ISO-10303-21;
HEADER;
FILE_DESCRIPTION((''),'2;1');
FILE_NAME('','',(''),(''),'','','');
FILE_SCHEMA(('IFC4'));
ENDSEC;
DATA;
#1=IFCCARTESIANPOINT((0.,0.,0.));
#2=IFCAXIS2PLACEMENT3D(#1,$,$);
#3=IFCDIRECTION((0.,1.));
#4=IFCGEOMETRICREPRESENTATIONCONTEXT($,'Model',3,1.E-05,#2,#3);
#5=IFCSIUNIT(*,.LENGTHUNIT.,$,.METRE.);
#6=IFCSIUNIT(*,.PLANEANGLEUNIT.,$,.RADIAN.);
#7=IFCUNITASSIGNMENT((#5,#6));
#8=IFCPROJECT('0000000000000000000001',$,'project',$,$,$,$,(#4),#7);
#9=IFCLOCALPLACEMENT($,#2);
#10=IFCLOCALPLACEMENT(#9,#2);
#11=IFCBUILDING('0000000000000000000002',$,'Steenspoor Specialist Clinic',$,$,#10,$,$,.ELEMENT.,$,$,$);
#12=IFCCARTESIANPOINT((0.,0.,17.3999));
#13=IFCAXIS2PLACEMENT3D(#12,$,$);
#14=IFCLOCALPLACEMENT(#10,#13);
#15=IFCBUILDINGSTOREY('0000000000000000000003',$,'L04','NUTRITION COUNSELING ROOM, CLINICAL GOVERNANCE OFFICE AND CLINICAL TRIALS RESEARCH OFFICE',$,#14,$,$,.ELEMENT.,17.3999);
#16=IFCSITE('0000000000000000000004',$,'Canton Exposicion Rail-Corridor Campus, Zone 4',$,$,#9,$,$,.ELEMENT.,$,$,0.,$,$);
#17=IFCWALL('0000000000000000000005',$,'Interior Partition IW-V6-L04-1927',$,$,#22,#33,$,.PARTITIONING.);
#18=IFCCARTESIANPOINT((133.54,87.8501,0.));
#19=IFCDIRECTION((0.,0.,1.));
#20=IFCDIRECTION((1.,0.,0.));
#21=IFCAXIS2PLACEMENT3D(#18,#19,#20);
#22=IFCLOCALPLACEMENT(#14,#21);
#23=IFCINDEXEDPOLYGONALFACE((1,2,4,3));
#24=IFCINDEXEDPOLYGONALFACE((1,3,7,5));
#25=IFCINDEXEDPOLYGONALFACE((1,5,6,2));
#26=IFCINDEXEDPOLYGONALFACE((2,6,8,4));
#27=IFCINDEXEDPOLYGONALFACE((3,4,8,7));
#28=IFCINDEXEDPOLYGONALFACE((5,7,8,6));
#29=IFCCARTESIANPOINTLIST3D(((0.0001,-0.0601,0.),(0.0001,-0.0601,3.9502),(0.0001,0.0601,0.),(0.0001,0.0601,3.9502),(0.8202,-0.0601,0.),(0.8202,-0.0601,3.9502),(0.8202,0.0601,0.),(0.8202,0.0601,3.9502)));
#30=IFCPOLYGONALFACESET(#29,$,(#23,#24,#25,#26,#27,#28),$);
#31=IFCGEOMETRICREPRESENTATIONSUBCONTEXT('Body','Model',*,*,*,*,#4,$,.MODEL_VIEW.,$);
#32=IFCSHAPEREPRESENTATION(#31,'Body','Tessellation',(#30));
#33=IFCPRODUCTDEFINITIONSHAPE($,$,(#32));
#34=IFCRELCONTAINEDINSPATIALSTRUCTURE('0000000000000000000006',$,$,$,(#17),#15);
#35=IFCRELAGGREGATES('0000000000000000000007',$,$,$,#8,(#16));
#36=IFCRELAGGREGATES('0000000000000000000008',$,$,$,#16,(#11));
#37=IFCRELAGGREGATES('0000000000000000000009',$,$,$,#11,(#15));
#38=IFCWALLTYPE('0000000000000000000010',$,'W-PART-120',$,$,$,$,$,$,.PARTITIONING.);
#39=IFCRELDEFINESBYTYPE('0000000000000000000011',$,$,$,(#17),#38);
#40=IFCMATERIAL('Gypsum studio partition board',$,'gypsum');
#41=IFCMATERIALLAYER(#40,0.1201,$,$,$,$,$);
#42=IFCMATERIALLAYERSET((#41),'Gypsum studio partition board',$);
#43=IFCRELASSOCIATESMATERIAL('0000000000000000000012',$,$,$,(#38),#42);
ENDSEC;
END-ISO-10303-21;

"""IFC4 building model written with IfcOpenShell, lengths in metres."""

from ifc_helpers import new_model, si_unit, direction, frame, frame_2d, origin, place, context, subcontext, project, spatial, rectangle, extrude, material, layer, layer_set, type_object, element, save


model = new_model("IFC4")

# Units and contexts
model_context = context("Model", 3, precision=1e-05, world=origin(), true_north=direction((0.0, 1.0)))
body_context = subcontext(model_context, "Body", "Model", "MODEL_VIEW")
ifc_project = project(units=[si_unit("LENGTHUNIT", "METRE"), si_unit("PLANEANGLEUNIT", "RADIAN")], contexts=[model_context])

# Site, building, storey
site_placement = place(None, origin())
site = spatial("IfcSite", under=ifc_project, at=site_placement, Name="Canton Exposicion Rail-Corridor Campus, Zone 4", CompositionType="ELEMENT", RefElevation=0.0)
building_placement = place(site_placement, origin())
building = spatial("IfcBuilding", under=site, at=building_placement, Name="Steenspoor Specialist Clinic", CompositionType="ELEMENT")
storey_placement = place(building_placement, frame((0.0, 0.0, 17.3999)))
storey = spatial("IfcBuildingStorey", under=building, at=storey_placement, Name="L04", Description="NUTRITION COUNSELING ROOM, CLINICAL GOVERNANCE OFFICE AND CLINICAL TRIALS RESEARCH OFFICE", CompositionType="ELEMENT", Elevation=17.3999)

# Shared definitions
ifc_material_1 = material(Name="Gypsum studio partition board", Category="gypsum")
ifc_layer_1 = layer(ifc_material_1, 0.1201)
ifc_layer_set_1 = layer_set([ifc_layer_1], Name="Gypsum studio partition board")
wall_type_1 = type_object("IfcWallType", Name="W-PART-120", PredefinedType="PARTITIONING", material=ifc_layer_set_1)

# Wall
wall_1_placement = place(storey_placement, frame((133.54, 87.8501, 0.0), z_axis=(0.0, 0.0, 1.0), x_axis=(1.0, 0.0, 0.0)))
element("IfcWall", 1, at=wall_1_placement, inside=storey, type_object=wall_type_1, Name="Interior Partition IW-V6-L04-1927", PredefinedType="PARTITIONING", context=body_context, shape_type="SweptSolid", body=[
    extrude(rectangle(XDim=0.8201, YDim=0.1201, at=frame_2d((0.4102, 0.0))), origin(), (0.0, 0.0, 1.0), 3.9502),
])

save(model, "model.ifc")
